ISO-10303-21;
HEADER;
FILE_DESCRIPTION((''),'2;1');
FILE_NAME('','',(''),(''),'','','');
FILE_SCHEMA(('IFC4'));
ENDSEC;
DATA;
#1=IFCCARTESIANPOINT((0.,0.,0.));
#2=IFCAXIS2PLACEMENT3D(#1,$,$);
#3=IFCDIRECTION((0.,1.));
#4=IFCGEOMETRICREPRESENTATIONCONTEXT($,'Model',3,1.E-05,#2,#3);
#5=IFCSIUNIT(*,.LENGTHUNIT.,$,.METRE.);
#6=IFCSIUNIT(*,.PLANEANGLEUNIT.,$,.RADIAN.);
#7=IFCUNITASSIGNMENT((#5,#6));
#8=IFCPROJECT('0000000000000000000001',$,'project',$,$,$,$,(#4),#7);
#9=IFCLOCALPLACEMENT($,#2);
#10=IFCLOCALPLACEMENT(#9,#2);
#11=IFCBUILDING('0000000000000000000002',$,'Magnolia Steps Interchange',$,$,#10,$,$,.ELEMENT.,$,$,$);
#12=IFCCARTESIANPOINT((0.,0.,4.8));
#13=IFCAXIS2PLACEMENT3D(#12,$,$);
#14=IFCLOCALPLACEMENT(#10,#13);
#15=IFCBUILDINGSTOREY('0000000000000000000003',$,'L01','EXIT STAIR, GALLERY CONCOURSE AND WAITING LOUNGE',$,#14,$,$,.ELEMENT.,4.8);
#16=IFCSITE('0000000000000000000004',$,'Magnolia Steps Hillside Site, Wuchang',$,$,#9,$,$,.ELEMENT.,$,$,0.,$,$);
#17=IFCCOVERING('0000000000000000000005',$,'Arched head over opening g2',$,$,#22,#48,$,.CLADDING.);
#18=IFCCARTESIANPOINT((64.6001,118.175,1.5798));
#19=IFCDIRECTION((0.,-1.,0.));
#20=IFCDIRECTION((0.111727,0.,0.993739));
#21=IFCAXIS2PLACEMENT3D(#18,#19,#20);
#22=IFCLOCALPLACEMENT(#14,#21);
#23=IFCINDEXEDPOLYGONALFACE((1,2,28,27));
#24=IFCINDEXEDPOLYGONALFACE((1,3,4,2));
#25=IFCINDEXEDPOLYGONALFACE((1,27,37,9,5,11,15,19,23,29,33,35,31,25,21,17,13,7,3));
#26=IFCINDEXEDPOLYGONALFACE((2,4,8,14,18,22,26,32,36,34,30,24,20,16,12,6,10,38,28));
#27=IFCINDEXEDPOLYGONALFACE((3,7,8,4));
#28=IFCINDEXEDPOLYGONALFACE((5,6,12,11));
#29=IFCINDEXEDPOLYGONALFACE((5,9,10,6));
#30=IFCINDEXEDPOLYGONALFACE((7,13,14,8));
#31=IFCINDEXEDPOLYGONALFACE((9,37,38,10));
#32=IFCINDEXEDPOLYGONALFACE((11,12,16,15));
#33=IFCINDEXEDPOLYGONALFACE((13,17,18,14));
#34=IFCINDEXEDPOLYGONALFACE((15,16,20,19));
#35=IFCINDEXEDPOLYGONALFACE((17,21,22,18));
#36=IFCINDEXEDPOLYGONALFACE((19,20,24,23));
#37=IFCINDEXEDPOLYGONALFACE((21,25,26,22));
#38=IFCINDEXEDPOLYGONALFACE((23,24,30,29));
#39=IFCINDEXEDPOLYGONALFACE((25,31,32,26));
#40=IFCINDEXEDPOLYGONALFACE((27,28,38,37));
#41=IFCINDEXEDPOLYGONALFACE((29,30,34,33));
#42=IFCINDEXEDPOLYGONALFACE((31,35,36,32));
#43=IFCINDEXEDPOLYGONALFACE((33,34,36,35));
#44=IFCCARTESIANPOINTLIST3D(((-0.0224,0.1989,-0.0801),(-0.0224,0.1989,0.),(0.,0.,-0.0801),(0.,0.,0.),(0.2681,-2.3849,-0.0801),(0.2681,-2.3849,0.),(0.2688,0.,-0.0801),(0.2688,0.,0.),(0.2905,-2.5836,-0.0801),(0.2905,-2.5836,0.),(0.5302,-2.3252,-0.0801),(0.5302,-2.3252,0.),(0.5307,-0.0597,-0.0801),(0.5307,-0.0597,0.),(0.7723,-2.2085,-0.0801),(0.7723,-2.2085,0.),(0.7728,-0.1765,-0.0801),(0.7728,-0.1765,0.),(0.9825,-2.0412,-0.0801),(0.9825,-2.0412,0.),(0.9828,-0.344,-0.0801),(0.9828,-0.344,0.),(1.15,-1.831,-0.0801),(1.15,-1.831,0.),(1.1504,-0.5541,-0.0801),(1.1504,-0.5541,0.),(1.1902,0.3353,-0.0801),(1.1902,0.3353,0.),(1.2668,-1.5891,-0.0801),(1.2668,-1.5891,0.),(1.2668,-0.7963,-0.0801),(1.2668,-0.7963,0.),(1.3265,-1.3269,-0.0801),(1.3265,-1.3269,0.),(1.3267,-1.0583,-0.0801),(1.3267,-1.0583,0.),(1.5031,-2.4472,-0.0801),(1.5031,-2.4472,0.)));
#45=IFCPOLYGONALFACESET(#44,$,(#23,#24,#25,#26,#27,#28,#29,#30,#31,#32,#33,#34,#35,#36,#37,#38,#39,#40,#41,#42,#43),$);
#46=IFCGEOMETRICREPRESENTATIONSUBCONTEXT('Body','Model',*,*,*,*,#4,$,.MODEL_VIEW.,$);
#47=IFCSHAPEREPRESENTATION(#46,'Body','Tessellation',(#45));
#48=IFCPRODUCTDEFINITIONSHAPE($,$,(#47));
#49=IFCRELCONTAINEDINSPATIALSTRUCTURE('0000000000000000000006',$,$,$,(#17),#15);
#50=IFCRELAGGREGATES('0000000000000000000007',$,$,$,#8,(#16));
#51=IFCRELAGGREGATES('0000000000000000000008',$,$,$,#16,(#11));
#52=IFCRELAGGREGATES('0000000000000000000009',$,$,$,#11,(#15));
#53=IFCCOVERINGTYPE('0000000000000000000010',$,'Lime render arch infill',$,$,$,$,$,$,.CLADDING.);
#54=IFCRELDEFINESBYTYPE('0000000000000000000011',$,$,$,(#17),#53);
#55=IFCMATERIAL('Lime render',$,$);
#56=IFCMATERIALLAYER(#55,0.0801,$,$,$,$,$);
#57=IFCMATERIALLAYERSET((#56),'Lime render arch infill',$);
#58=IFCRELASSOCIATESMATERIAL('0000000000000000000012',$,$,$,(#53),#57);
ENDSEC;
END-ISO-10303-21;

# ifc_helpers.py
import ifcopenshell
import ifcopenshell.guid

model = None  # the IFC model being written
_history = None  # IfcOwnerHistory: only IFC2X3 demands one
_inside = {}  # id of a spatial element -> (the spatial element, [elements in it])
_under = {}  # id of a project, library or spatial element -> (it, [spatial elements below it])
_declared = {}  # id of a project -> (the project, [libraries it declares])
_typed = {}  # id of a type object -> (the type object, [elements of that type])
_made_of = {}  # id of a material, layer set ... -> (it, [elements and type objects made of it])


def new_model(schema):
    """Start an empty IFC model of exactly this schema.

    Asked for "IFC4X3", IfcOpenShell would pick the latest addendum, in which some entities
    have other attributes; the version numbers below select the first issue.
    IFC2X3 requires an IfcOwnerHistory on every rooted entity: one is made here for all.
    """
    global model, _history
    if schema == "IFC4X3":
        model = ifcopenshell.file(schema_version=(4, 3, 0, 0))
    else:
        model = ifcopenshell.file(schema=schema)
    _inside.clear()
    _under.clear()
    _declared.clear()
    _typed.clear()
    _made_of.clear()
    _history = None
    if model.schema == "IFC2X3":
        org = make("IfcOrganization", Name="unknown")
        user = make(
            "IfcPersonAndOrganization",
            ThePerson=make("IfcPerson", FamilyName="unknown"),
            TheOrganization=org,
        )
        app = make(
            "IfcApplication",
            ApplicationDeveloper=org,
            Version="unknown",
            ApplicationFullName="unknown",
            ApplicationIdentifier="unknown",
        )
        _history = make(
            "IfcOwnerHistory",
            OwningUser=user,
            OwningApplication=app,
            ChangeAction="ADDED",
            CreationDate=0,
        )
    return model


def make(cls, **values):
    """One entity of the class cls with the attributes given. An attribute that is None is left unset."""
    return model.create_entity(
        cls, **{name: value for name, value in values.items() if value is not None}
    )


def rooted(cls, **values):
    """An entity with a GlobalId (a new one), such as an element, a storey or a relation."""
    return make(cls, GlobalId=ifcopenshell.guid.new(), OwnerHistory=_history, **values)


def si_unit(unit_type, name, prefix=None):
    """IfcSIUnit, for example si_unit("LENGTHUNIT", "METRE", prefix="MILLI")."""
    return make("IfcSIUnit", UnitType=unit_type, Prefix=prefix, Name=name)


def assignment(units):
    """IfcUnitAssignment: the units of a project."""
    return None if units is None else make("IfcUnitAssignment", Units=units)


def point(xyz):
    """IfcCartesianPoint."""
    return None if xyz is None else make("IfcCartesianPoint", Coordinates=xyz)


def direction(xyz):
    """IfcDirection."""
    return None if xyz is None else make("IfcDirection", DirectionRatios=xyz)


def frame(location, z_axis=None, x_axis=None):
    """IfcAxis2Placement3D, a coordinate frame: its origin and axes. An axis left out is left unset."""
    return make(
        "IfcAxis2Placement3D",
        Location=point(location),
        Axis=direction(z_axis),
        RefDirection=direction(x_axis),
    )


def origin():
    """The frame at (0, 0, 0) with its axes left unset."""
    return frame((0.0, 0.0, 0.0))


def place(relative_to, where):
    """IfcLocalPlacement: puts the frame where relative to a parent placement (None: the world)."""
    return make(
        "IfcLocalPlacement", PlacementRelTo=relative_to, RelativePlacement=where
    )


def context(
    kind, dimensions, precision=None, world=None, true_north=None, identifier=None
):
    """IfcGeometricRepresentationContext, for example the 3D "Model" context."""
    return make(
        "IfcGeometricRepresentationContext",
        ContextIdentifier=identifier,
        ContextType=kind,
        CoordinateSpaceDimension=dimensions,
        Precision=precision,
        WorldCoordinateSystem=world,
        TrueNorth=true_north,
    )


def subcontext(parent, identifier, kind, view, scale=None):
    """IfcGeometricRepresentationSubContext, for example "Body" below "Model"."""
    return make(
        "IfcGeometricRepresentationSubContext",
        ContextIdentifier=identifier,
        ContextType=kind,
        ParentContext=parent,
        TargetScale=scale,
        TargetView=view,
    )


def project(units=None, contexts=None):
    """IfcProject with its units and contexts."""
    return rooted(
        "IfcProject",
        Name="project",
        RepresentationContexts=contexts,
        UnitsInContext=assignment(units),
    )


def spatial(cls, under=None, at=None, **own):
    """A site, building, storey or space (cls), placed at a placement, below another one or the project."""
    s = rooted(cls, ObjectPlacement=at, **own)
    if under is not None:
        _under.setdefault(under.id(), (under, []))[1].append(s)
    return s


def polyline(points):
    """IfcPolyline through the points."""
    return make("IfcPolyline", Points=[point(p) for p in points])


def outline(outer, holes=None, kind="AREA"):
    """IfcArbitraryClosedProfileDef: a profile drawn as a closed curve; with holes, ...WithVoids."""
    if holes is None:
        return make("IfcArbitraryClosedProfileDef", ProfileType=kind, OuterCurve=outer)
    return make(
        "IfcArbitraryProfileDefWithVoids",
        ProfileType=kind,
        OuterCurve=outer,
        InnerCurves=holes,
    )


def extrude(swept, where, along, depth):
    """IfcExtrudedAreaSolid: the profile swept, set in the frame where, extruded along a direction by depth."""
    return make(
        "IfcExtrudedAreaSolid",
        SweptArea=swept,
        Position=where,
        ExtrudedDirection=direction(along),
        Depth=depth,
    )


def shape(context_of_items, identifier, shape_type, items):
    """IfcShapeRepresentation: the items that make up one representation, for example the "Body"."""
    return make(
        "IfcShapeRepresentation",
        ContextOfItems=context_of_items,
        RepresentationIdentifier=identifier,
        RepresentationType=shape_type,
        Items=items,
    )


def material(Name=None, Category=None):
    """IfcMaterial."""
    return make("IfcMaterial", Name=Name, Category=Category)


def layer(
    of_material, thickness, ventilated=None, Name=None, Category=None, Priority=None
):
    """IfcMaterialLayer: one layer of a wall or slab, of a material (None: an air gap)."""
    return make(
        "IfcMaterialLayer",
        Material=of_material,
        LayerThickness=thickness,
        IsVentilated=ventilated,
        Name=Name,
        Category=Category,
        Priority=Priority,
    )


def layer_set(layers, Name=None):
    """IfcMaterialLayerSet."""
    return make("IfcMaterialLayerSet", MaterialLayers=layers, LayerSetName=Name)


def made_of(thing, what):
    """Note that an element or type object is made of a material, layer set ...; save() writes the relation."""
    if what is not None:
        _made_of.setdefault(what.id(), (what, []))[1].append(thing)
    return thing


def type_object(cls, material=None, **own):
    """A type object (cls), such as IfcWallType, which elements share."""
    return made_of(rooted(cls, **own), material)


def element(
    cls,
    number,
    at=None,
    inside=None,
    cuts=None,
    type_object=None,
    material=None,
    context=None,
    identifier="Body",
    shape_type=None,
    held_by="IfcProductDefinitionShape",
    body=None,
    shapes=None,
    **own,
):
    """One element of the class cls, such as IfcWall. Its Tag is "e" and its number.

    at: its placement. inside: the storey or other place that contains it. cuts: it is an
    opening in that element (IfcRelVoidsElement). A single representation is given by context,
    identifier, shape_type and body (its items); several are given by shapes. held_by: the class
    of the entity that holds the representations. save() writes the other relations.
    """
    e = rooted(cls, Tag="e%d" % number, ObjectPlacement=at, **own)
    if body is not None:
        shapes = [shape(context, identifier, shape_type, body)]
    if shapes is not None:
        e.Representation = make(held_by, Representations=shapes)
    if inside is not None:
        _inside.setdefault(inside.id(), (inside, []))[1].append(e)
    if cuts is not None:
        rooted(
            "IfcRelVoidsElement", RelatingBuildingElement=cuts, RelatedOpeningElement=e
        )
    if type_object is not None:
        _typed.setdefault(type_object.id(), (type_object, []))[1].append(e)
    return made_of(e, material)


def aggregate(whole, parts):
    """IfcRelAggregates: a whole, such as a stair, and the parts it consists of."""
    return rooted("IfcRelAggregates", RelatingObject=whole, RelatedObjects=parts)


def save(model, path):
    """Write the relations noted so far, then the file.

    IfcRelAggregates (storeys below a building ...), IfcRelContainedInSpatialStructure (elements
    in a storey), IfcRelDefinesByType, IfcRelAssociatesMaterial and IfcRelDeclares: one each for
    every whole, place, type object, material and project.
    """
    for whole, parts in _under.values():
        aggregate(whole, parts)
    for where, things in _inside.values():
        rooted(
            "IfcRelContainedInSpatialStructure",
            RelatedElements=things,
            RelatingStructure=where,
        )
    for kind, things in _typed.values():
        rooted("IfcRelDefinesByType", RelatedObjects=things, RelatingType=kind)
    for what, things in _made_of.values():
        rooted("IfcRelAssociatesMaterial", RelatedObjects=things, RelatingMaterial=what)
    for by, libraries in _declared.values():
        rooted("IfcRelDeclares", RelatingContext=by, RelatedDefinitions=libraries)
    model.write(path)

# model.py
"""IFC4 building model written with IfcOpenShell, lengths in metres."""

from ifc_helpers import new_model, si_unit, direction, frame, origin, place, context, subcontext, project, spatial, polyline, outline, extrude, material, layer, layer_set, type_object, element, save


model = new_model("IFC4")

# Units and contexts
model_context = context("Model", 3, precision=1e-05, world=origin(), true_north=direction((0.0, 1.0)))
body_context = subcontext(model_context, "Body", "Model", "MODEL_VIEW")
ifc_project = project(units=[si_unit("LENGTHUNIT", "METRE"), si_unit("PLANEANGLEUNIT", "RADIAN")], contexts=[model_context])

# Site, building, storey
site_placement = place(None, origin())
site = spatial("IfcSite", under=ifc_project, at=site_placement, Name="Magnolia Steps Hillside Site, Wuchang", CompositionType="ELEMENT", RefElevation=0.0)
building_placement = place(site_placement, origin())
building = spatial("IfcBuilding", under=site, at=building_placement, Name="Magnolia Steps Interchange", CompositionType="ELEMENT")
storey_placement = place(building_placement, frame((0.0, 0.0, 4.8)))
storey = spatial("IfcBuildingStorey", under=building, at=storey_placement, Name="L01", Description="EXIT STAIR, GALLERY CONCOURSE AND WAITING LOUNGE", CompositionType="ELEMENT", Elevation=4.8)

# Covering
ifc_material_1 = material(Name="Lime render")
ifc_layer_1 = layer(ifc_material_1, 0.0801)
ifc_layer_set_1 = layer_set([ifc_layer_1], Name="Lime render arch infill")
covering_type_1 = type_object("IfcCoveringType", Name="Lime render arch infill", PredefinedType="CLADDING", material=ifc_layer_set_1)
covering_placement = place(storey_placement, frame((64.6001, 118.175, 1.5798), z_axis=(0.0, -1.0, 0.0), x_axis=(0.111727, 0.0, 0.993739)))
element("IfcCovering", 1, at=covering_placement, inside=storey, type_object=covering_type_1, Name="Arched head over opening g2", PredefinedType="CLADDING", context=body_context, shape_type="SweptSolid", body=[
    extrude(outline(polyline([(0.0, 0.0), (0.2688, 0.0), (0.5307, -0.0597), (0.7728, -0.1765), (0.9828, -0.344), (1.1504, -0.5541), (1.2668, -0.7963), (1.3267, -1.0583), (1.3265, -1.3269), (1.2668, -1.5891), (1.15, -1.831), (0.9825, -2.0412), (0.7723, -2.2085), (0.5302, -2.3252), (0.2681, -2.3849), (0.2905, -2.5836), (1.5031, -2.4472), (1.1902, 0.3353), (-0.0224, 0.1989), (0.0, 0.0)])), origin(), (0.0, 0.0, -1.0), 0.0801),
])

save(model, "model.ifc")
